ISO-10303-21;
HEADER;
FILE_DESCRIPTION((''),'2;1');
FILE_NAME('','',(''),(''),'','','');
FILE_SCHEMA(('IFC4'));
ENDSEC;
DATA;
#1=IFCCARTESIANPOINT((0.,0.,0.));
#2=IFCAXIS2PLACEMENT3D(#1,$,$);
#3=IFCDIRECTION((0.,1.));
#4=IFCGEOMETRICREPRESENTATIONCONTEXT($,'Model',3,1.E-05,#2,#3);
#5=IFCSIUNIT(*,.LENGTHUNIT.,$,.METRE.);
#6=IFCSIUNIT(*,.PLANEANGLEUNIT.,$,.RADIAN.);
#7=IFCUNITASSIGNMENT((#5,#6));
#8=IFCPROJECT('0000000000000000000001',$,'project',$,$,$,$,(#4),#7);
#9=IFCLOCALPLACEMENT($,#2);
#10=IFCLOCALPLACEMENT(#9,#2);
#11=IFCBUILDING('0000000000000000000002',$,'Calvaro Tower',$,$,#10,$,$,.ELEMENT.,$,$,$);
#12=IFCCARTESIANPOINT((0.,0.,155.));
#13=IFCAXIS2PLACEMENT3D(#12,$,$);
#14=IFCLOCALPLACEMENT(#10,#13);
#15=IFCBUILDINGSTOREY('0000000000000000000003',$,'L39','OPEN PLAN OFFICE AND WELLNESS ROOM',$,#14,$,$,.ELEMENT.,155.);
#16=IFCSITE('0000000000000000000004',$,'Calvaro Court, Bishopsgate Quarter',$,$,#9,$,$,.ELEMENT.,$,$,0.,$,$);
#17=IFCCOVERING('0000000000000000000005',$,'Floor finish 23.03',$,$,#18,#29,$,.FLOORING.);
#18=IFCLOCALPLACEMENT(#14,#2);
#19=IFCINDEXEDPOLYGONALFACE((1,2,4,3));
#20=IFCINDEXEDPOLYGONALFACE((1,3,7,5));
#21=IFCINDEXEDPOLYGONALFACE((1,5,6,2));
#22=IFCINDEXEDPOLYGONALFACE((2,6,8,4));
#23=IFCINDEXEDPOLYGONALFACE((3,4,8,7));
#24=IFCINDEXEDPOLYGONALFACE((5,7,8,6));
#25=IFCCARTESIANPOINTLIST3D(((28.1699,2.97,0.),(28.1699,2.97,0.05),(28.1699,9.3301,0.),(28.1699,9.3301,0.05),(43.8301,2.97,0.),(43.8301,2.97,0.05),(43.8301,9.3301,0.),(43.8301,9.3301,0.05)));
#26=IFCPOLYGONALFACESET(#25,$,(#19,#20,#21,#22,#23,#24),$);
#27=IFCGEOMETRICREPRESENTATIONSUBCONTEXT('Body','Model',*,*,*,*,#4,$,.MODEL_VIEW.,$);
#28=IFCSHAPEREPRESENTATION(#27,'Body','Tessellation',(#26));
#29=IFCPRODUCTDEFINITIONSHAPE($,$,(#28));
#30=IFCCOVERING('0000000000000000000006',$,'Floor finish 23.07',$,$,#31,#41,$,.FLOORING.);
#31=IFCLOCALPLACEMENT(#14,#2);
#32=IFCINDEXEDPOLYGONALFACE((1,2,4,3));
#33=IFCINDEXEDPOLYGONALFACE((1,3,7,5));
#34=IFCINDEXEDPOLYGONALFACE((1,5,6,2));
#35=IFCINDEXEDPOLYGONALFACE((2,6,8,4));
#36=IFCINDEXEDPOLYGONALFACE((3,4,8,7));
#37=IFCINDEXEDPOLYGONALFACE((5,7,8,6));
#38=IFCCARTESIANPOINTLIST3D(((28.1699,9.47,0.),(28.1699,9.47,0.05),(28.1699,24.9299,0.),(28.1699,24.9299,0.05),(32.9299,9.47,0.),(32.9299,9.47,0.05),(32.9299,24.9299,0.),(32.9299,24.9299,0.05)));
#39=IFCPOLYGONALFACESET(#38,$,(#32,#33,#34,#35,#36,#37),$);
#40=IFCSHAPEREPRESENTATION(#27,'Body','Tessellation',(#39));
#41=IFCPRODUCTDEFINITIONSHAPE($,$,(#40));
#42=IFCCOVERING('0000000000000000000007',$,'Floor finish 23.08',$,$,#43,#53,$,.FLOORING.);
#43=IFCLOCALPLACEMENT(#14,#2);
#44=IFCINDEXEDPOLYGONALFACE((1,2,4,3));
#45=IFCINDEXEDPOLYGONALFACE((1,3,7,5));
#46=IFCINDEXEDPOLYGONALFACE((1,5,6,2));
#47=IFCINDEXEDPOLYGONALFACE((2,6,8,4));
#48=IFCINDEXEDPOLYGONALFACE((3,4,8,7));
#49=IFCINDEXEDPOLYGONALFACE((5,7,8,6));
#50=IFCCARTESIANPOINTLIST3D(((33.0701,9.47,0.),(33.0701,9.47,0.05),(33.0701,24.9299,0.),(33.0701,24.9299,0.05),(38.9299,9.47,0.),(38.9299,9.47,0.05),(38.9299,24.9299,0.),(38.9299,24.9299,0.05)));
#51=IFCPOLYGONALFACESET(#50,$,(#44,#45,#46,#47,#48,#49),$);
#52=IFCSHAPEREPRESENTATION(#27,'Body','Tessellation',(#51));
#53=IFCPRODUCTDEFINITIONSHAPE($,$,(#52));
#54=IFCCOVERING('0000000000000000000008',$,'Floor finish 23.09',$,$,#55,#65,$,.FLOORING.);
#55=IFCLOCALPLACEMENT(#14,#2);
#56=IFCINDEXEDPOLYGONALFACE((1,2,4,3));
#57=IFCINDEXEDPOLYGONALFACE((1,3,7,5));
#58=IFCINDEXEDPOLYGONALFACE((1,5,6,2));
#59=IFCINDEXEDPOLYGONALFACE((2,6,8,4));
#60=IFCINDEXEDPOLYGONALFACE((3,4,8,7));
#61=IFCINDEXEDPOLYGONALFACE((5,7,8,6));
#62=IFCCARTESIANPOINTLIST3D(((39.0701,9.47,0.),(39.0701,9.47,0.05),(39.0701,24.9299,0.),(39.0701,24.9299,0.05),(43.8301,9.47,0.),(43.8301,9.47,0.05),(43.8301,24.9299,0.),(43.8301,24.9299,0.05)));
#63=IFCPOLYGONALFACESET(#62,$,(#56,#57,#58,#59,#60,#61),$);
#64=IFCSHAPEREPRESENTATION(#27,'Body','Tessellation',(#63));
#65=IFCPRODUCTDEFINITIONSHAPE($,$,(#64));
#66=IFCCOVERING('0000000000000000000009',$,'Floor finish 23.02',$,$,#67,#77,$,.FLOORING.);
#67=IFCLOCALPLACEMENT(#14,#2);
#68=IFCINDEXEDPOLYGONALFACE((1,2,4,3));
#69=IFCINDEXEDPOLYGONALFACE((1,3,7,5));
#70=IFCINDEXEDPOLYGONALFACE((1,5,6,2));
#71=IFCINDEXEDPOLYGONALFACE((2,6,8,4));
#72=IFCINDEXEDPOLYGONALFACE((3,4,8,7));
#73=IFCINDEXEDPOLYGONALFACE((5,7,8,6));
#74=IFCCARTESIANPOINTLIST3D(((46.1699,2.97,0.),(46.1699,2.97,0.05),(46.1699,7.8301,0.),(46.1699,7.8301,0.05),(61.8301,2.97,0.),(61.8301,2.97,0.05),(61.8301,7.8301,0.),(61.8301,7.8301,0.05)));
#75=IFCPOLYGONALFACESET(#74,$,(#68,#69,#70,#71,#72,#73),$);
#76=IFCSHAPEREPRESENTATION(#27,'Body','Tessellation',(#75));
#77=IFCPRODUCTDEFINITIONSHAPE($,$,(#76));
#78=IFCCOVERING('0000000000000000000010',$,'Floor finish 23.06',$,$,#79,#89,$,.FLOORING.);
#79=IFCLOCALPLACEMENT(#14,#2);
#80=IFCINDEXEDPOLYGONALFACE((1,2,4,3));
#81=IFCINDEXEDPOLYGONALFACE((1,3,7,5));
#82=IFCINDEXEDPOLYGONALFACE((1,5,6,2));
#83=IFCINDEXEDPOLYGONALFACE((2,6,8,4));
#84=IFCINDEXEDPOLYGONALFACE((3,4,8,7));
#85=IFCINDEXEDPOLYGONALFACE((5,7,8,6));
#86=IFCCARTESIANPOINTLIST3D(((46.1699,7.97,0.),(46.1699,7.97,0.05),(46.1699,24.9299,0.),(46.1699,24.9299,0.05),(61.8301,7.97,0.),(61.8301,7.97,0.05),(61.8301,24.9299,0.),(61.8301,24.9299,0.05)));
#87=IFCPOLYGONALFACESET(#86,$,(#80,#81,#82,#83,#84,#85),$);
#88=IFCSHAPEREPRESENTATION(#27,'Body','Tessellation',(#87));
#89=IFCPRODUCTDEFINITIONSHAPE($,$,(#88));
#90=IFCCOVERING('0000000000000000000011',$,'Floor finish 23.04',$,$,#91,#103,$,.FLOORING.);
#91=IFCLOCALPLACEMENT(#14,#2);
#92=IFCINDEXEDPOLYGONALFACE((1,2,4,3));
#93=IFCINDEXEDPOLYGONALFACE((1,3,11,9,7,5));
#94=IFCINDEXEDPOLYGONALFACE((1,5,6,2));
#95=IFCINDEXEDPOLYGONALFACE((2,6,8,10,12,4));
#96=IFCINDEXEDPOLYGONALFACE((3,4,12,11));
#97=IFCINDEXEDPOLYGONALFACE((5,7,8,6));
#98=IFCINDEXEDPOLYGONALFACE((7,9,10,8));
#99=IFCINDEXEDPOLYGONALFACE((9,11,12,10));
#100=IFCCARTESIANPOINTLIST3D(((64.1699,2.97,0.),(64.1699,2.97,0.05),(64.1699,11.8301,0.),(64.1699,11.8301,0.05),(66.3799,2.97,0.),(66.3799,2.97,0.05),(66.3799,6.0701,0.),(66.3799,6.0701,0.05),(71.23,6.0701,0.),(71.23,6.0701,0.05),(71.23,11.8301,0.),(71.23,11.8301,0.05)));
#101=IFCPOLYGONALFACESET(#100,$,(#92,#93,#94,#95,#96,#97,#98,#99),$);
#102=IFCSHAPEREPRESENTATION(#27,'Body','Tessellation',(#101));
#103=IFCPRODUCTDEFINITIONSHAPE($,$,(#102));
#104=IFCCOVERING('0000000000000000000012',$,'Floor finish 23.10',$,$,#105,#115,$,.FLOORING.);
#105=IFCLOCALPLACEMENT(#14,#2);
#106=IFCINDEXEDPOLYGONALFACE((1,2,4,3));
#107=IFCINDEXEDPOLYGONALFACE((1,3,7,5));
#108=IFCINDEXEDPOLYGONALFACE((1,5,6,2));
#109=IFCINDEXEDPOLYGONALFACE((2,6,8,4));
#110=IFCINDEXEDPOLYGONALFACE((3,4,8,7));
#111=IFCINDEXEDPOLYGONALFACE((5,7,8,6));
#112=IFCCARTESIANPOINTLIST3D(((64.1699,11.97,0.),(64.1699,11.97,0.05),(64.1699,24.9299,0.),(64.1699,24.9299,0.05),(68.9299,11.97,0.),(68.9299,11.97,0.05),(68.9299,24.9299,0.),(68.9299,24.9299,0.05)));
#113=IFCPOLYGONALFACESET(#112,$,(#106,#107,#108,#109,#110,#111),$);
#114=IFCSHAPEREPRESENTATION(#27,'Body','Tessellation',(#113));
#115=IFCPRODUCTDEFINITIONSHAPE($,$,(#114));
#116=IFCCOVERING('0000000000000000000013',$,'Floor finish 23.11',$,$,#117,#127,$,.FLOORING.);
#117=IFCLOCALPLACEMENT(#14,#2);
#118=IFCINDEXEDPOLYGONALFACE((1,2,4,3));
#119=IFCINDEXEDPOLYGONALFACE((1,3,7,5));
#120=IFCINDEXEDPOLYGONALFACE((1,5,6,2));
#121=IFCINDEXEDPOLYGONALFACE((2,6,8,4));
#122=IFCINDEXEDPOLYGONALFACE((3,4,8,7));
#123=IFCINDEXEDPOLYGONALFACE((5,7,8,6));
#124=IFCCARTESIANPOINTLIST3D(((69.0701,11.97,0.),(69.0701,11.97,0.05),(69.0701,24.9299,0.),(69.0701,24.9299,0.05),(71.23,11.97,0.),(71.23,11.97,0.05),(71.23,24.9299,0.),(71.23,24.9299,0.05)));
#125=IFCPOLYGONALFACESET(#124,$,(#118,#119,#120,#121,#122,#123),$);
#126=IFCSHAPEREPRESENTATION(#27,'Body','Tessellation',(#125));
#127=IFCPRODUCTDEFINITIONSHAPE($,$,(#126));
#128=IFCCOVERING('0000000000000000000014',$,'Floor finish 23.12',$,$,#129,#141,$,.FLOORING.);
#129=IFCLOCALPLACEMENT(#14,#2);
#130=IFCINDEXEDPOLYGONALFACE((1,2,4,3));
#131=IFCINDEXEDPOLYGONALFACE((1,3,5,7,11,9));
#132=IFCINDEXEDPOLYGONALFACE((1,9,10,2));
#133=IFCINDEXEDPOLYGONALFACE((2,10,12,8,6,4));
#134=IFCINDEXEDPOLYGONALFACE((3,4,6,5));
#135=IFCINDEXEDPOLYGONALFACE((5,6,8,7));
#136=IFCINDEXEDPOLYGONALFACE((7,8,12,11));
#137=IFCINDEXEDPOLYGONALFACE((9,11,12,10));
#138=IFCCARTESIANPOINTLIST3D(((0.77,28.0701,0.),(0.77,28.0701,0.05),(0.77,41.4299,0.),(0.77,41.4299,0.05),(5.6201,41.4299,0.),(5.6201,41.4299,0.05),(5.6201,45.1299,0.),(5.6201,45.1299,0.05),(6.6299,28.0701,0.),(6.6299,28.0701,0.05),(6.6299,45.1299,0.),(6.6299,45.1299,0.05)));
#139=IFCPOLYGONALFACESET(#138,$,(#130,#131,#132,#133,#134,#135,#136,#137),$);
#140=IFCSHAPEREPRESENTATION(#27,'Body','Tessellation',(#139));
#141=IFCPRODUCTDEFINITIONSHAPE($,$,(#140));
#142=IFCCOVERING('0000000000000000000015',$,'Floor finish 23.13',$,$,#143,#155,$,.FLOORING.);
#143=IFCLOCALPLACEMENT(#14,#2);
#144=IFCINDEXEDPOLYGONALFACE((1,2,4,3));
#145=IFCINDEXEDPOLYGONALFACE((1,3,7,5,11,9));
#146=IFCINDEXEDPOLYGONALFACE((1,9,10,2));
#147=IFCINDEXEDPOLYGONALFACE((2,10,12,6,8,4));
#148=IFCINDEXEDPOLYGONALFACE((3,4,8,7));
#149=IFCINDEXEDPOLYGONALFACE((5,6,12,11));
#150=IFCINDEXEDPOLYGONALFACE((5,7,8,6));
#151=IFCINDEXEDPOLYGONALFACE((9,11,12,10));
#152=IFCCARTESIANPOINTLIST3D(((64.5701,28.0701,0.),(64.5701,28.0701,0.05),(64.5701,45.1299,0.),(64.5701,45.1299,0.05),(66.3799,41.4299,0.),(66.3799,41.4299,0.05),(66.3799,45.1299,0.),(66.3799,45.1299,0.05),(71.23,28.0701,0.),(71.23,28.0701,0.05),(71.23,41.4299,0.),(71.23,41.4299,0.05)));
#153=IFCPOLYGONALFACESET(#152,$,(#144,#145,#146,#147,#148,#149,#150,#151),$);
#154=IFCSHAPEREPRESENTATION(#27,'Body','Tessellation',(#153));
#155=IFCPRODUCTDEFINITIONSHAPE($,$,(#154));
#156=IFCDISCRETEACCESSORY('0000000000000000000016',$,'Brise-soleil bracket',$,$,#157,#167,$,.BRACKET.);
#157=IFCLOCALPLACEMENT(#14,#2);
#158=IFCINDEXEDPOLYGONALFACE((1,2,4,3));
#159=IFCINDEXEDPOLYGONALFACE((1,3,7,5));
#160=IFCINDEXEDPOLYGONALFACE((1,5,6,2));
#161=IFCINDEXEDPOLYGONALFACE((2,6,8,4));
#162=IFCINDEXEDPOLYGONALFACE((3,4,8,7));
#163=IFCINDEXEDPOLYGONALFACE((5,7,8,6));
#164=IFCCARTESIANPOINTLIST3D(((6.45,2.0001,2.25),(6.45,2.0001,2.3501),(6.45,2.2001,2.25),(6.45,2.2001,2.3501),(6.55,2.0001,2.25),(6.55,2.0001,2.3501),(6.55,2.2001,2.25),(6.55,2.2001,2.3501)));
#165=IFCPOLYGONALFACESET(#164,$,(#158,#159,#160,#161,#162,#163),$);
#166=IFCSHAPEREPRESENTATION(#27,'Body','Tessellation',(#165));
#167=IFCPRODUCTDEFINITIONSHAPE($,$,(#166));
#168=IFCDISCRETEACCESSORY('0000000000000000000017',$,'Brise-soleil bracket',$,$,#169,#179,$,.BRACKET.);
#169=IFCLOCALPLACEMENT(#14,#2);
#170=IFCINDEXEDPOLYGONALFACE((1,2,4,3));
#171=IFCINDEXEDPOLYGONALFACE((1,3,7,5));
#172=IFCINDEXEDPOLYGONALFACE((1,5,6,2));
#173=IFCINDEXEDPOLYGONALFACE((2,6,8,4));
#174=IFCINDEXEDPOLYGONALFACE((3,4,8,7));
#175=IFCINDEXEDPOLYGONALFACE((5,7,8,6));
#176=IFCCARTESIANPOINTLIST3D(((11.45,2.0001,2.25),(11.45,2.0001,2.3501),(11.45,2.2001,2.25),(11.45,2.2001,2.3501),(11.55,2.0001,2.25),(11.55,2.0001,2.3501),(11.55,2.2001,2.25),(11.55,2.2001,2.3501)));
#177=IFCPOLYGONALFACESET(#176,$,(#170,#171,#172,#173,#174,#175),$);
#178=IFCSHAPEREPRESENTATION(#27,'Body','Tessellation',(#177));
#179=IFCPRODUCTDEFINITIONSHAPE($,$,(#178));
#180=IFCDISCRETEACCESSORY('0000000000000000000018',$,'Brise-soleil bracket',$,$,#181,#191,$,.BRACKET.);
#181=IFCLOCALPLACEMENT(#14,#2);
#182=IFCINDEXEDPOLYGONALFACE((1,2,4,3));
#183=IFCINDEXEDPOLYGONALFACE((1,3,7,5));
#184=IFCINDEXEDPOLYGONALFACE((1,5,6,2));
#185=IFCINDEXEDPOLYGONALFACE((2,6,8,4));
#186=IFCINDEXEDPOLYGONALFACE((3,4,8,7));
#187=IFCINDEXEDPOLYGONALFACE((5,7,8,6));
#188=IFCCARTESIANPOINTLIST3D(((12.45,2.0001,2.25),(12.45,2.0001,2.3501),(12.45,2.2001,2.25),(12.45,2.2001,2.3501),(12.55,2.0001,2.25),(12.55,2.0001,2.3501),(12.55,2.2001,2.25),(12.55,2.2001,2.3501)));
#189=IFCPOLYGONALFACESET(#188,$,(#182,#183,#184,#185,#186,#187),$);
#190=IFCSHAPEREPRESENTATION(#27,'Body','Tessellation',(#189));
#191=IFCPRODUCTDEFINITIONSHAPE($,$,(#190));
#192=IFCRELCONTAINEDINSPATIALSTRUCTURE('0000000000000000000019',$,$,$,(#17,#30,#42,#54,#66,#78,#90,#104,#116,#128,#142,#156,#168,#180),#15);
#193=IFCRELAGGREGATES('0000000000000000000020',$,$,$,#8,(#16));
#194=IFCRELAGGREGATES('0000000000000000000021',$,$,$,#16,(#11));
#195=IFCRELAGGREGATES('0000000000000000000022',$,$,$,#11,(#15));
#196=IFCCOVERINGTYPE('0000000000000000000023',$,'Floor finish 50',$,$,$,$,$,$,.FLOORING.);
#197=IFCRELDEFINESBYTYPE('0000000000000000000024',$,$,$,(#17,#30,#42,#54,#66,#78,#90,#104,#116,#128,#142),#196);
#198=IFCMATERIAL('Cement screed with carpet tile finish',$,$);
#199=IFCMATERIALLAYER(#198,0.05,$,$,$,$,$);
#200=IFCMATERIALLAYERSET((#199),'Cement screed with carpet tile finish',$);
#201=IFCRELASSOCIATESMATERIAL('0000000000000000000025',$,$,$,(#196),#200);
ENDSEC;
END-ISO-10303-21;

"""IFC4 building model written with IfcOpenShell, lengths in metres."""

from ifc_helpers import new_model, si_unit, direction, frame, origin, origin_2d, place, context, subcontext, project, spatial, polyline, rectangle, outline, extrude, material, layer, layer_set, type_object, element, save


model = new_model("IFC4")

# Units and contexts
model_context = context("Model", 3, precision=1e-05, world=origin(), true_north=direction((0.0, 1.0)))
body_context = subcontext(model_context, "Body", "Model", "MODEL_VIEW")
ifc_project = project(units=[si_unit("LENGTHUNIT", "METRE"), si_unit("PLANEANGLEUNIT", "RADIAN")], contexts=[model_context])

# Site, building, storey
site_placement = place(None, origin())
site = spatial("IfcSite", under=ifc_project, at=site_placement, Name="Calvaro Court, Bishopsgate Quarter", CompositionType="ELEMENT", RefElevation=0.0)
building_placement = place(site_placement, origin())
building = spatial("IfcBuilding", under=site, at=building_placement, Name="Calvaro Tower", CompositionType="ELEMENT")
storey_placement = place(building_placement, frame((0.0, 0.0, 155.0)))
storey = spatial("IfcBuildingStorey", under=building, at=storey_placement, Name="L39", Description="OPEN PLAN OFFICE AND WELLNESS ROOM", CompositionType="ELEMENT", Elevation=155.0)

# Coverings
ifc_material_1 = material(Name="Cement screed with carpet tile finish")
ifc_layer_1 = layer(ifc_material_1, 0.05)
ifc_layer_set_1 = layer_set([ifc_layer_1], Name="Cement screed with carpet tile finish")
covering_type = type_object("IfcCoveringType", Name="Floor finish 50", PredefinedType="FLOORING", material=ifc_layer_set_1)
covering_1_placement = place(storey_placement, origin())
element("IfcCovering", 1, at=covering_1_placement, inside=storey, type_object=covering_type, Name="Floor finish 23.03", PredefinedType="FLOORING", context=body_context, shape_type="SweptSolid", body=[
    extrude(outline(polyline([(28.1699, 9.3301), (43.8301, 9.3301), (43.8301, 2.97), (28.1699, 2.97), (28.1699, 9.3301)])), origin(), (0.0, 0.0, 1.0), 0.05),
])
covering_2_placement = place(storey_placement, origin())
element("IfcCovering", 2, at=covering_2_placement, inside=storey, type_object=covering_type, Name="Floor finish 23.07", PredefinedType="FLOORING", context=body_context, shape_type="SweptSolid", body=[
    extrude(outline(polyline([(28.1699, 9.47), (28.1699, 24.9299), (32.9299, 24.9299), (32.9299, 9.47), (28.1699, 9.47)])), origin(), (0.0, 0.0, 1.0), 0.05),
])
covering_3_placement = place(storey_placement, origin())
element("IfcCovering", 3, at=covering_3_placement, inside=storey, type_object=covering_type, Name="Floor finish 23.08", PredefinedType="FLOORING", context=body_context, shape_type="SweptSolid", body=[
    extrude(outline(polyline([(33.0701, 9.47), (33.0701, 24.9299), (38.9299, 24.9299), (38.9299, 9.47), (33.0701, 9.47)])), origin(), (0.0, 0.0, 1.0), 0.05),
])
covering_4_placement = place(storey_placement, origin())
element("IfcCovering", 4, at=covering_4_placement, inside=storey, type_object=covering_type, Name="Floor finish 23.09", PredefinedType="FLOORING", context=body_context, shape_type="SweptSolid", body=[
    extrude(outline(polyline([(39.0701, 9.47), (39.0701, 24.9299), (43.8301, 24.9299), (43.8301, 9.47), (39.0701, 9.47)])), origin(), (0.0, 0.0, 1.0), 0.05),
])
covering_5_placement = place(storey_placement, origin())
element("IfcCovering", 5, at=covering_5_placement, inside=storey, type_object=covering_type, Name="Floor finish 23.02", PredefinedType="FLOORING", context=body_context, shape_type="SweptSolid", body=[
    extrude(outline(polyline([(46.1699, 7.8301), (61.8301, 7.8301), (61.8301, 2.97), (46.1699, 2.97), (46.1699, 7.8301)])), origin(), (0.0, 0.0, 1.0), 0.05),
])
covering_6_placement = place(storey_placement, origin())
element("IfcCovering", 6, at=covering_6_placement, inside=storey, type_object=covering_type, Name="Floor finish 23.06", PredefinedType="FLOORING", context=body_context, shape_type="SweptSolid", body=[
    extrude(outline(polyline([(46.1699, 7.97), (46.1699, 24.9299), (61.8301, 24.9299), (61.8301, 7.97), (46.1699, 7.97)])), origin(), (0.0, 0.0, 1.0), 0.05),
])
covering_7_placement = place(storey_placement, origin())
element("IfcCovering", 7, at=covering_7_placement, inside=storey, type_object=covering_type, Name="Floor finish 23.04", PredefinedType="FLOORING", context=body_context, shape_type="SweptSolid", body=[
    extrude(outline(polyline([(71.23, 6.0701), (66.3799, 6.0701), (66.3799, 2.97), (64.1699, 2.97), (64.1699, 11.8301), (71.23, 11.8301), (71.23, 6.0701)])), origin(), (0.0, 0.0, 1.0), 0.05),
])
covering_8_placement = place(storey_placement, origin())
element("IfcCovering", 8, at=covering_8_placement, inside=storey, type_object=covering_type, Name="Floor finish 23.10", PredefinedType="FLOORING", context=body_context, shape_type="SweptSolid", body=[
    extrude(outline(polyline([(64.1699, 11.97), (64.1699, 24.9299), (68.9299, 24.9299), (68.9299, 11.97), (64.1699, 11.97)])), origin(), (0.0, 0.0, 1.0), 0.05),
])
covering_9_placement = place(storey_placement, origin())
element("IfcCovering", 9, at=covering_9_placement, inside=storey, type_object=covering_type, Name="Floor finish 23.11", PredefinedType="FLOORING", context=body_context, shape_type="SweptSolid", body=[
    extrude(outline(polyline([(71.23, 11.97), (69.0701, 11.97), (69.0701, 24.9299), (71.23, 24.9299), (71.23, 11.97)])), origin(), (0.0, 0.0, 1.0), 0.05),
])
covering_10_placement = place(storey_placement, origin())
element("IfcCovering", 10, at=covering_10_placement, inside=storey, type_object=covering_type, Name="Floor finish 23.12", PredefinedType="FLOORING", context=body_context, shape_type="SweptSolid", body=[
    extrude(outline(polyline([(6.6299, 28.0701), (0.77, 28.0701), (0.77, 41.4299), (5.6201, 41.4299), (5.6201, 45.1299), (6.6299, 45.1299), (6.6299, 28.0701)])), origin(), (0.0, 0.0, 1.0), 0.05),
])
covering_11_placement = place(storey_placement, origin())
element("IfcCovering", 11, at=covering_11_placement, inside=storey, type_object=covering_type, Name="Floor finish 23.13", PredefinedType="FLOORING", context=body_context, shape_type="SweptSolid", body=[
    extrude(outline(polyline([(71.23, 28.0701), (64.5701, 28.0701), (64.5701, 45.1299), (66.3799, 45.1299), (66.3799, 41.4299), (71.23, 41.4299), (71.23, 28.0701)])), origin(), (0.0, 0.0, 1.0), 0.05),
])

# Discrete accessories
for number, where, z_axis, x_axis, name in (
    (12, (6.5, 2.1001, 2.25), (0.0, 0.0, 1.0), (1.0, 0.0, 0.0), "Brise-soleil bracket"),
    (13, (11.5, 2.1001, 2.25), (0.0, 0.0, 1.0), (1.0, 0.0, 0.0), "Brise-soleil bracket"),
    (14, (12.5, 2.1001, 2.25), (0.0, 0.0, 1.0), (1.0, 0.0, 0.0), "Brise-soleil bracket"),
):
    element("IfcDiscreteAccessory", number, at=place(storey_placement, frame(where, z_axis=z_axis, x_axis=x_axis)), inside=storey, Name=name, PredefinedType="BRACKET", context=body_context, shape_type="SweptSolid", body=[
        extrude(rectangle(XDim=0.1001, YDim=0.2, at=origin_2d()), origin(), (0.0, 0.0, 1.0), 0.1001),
    ])

save(model, "model.ifc")
